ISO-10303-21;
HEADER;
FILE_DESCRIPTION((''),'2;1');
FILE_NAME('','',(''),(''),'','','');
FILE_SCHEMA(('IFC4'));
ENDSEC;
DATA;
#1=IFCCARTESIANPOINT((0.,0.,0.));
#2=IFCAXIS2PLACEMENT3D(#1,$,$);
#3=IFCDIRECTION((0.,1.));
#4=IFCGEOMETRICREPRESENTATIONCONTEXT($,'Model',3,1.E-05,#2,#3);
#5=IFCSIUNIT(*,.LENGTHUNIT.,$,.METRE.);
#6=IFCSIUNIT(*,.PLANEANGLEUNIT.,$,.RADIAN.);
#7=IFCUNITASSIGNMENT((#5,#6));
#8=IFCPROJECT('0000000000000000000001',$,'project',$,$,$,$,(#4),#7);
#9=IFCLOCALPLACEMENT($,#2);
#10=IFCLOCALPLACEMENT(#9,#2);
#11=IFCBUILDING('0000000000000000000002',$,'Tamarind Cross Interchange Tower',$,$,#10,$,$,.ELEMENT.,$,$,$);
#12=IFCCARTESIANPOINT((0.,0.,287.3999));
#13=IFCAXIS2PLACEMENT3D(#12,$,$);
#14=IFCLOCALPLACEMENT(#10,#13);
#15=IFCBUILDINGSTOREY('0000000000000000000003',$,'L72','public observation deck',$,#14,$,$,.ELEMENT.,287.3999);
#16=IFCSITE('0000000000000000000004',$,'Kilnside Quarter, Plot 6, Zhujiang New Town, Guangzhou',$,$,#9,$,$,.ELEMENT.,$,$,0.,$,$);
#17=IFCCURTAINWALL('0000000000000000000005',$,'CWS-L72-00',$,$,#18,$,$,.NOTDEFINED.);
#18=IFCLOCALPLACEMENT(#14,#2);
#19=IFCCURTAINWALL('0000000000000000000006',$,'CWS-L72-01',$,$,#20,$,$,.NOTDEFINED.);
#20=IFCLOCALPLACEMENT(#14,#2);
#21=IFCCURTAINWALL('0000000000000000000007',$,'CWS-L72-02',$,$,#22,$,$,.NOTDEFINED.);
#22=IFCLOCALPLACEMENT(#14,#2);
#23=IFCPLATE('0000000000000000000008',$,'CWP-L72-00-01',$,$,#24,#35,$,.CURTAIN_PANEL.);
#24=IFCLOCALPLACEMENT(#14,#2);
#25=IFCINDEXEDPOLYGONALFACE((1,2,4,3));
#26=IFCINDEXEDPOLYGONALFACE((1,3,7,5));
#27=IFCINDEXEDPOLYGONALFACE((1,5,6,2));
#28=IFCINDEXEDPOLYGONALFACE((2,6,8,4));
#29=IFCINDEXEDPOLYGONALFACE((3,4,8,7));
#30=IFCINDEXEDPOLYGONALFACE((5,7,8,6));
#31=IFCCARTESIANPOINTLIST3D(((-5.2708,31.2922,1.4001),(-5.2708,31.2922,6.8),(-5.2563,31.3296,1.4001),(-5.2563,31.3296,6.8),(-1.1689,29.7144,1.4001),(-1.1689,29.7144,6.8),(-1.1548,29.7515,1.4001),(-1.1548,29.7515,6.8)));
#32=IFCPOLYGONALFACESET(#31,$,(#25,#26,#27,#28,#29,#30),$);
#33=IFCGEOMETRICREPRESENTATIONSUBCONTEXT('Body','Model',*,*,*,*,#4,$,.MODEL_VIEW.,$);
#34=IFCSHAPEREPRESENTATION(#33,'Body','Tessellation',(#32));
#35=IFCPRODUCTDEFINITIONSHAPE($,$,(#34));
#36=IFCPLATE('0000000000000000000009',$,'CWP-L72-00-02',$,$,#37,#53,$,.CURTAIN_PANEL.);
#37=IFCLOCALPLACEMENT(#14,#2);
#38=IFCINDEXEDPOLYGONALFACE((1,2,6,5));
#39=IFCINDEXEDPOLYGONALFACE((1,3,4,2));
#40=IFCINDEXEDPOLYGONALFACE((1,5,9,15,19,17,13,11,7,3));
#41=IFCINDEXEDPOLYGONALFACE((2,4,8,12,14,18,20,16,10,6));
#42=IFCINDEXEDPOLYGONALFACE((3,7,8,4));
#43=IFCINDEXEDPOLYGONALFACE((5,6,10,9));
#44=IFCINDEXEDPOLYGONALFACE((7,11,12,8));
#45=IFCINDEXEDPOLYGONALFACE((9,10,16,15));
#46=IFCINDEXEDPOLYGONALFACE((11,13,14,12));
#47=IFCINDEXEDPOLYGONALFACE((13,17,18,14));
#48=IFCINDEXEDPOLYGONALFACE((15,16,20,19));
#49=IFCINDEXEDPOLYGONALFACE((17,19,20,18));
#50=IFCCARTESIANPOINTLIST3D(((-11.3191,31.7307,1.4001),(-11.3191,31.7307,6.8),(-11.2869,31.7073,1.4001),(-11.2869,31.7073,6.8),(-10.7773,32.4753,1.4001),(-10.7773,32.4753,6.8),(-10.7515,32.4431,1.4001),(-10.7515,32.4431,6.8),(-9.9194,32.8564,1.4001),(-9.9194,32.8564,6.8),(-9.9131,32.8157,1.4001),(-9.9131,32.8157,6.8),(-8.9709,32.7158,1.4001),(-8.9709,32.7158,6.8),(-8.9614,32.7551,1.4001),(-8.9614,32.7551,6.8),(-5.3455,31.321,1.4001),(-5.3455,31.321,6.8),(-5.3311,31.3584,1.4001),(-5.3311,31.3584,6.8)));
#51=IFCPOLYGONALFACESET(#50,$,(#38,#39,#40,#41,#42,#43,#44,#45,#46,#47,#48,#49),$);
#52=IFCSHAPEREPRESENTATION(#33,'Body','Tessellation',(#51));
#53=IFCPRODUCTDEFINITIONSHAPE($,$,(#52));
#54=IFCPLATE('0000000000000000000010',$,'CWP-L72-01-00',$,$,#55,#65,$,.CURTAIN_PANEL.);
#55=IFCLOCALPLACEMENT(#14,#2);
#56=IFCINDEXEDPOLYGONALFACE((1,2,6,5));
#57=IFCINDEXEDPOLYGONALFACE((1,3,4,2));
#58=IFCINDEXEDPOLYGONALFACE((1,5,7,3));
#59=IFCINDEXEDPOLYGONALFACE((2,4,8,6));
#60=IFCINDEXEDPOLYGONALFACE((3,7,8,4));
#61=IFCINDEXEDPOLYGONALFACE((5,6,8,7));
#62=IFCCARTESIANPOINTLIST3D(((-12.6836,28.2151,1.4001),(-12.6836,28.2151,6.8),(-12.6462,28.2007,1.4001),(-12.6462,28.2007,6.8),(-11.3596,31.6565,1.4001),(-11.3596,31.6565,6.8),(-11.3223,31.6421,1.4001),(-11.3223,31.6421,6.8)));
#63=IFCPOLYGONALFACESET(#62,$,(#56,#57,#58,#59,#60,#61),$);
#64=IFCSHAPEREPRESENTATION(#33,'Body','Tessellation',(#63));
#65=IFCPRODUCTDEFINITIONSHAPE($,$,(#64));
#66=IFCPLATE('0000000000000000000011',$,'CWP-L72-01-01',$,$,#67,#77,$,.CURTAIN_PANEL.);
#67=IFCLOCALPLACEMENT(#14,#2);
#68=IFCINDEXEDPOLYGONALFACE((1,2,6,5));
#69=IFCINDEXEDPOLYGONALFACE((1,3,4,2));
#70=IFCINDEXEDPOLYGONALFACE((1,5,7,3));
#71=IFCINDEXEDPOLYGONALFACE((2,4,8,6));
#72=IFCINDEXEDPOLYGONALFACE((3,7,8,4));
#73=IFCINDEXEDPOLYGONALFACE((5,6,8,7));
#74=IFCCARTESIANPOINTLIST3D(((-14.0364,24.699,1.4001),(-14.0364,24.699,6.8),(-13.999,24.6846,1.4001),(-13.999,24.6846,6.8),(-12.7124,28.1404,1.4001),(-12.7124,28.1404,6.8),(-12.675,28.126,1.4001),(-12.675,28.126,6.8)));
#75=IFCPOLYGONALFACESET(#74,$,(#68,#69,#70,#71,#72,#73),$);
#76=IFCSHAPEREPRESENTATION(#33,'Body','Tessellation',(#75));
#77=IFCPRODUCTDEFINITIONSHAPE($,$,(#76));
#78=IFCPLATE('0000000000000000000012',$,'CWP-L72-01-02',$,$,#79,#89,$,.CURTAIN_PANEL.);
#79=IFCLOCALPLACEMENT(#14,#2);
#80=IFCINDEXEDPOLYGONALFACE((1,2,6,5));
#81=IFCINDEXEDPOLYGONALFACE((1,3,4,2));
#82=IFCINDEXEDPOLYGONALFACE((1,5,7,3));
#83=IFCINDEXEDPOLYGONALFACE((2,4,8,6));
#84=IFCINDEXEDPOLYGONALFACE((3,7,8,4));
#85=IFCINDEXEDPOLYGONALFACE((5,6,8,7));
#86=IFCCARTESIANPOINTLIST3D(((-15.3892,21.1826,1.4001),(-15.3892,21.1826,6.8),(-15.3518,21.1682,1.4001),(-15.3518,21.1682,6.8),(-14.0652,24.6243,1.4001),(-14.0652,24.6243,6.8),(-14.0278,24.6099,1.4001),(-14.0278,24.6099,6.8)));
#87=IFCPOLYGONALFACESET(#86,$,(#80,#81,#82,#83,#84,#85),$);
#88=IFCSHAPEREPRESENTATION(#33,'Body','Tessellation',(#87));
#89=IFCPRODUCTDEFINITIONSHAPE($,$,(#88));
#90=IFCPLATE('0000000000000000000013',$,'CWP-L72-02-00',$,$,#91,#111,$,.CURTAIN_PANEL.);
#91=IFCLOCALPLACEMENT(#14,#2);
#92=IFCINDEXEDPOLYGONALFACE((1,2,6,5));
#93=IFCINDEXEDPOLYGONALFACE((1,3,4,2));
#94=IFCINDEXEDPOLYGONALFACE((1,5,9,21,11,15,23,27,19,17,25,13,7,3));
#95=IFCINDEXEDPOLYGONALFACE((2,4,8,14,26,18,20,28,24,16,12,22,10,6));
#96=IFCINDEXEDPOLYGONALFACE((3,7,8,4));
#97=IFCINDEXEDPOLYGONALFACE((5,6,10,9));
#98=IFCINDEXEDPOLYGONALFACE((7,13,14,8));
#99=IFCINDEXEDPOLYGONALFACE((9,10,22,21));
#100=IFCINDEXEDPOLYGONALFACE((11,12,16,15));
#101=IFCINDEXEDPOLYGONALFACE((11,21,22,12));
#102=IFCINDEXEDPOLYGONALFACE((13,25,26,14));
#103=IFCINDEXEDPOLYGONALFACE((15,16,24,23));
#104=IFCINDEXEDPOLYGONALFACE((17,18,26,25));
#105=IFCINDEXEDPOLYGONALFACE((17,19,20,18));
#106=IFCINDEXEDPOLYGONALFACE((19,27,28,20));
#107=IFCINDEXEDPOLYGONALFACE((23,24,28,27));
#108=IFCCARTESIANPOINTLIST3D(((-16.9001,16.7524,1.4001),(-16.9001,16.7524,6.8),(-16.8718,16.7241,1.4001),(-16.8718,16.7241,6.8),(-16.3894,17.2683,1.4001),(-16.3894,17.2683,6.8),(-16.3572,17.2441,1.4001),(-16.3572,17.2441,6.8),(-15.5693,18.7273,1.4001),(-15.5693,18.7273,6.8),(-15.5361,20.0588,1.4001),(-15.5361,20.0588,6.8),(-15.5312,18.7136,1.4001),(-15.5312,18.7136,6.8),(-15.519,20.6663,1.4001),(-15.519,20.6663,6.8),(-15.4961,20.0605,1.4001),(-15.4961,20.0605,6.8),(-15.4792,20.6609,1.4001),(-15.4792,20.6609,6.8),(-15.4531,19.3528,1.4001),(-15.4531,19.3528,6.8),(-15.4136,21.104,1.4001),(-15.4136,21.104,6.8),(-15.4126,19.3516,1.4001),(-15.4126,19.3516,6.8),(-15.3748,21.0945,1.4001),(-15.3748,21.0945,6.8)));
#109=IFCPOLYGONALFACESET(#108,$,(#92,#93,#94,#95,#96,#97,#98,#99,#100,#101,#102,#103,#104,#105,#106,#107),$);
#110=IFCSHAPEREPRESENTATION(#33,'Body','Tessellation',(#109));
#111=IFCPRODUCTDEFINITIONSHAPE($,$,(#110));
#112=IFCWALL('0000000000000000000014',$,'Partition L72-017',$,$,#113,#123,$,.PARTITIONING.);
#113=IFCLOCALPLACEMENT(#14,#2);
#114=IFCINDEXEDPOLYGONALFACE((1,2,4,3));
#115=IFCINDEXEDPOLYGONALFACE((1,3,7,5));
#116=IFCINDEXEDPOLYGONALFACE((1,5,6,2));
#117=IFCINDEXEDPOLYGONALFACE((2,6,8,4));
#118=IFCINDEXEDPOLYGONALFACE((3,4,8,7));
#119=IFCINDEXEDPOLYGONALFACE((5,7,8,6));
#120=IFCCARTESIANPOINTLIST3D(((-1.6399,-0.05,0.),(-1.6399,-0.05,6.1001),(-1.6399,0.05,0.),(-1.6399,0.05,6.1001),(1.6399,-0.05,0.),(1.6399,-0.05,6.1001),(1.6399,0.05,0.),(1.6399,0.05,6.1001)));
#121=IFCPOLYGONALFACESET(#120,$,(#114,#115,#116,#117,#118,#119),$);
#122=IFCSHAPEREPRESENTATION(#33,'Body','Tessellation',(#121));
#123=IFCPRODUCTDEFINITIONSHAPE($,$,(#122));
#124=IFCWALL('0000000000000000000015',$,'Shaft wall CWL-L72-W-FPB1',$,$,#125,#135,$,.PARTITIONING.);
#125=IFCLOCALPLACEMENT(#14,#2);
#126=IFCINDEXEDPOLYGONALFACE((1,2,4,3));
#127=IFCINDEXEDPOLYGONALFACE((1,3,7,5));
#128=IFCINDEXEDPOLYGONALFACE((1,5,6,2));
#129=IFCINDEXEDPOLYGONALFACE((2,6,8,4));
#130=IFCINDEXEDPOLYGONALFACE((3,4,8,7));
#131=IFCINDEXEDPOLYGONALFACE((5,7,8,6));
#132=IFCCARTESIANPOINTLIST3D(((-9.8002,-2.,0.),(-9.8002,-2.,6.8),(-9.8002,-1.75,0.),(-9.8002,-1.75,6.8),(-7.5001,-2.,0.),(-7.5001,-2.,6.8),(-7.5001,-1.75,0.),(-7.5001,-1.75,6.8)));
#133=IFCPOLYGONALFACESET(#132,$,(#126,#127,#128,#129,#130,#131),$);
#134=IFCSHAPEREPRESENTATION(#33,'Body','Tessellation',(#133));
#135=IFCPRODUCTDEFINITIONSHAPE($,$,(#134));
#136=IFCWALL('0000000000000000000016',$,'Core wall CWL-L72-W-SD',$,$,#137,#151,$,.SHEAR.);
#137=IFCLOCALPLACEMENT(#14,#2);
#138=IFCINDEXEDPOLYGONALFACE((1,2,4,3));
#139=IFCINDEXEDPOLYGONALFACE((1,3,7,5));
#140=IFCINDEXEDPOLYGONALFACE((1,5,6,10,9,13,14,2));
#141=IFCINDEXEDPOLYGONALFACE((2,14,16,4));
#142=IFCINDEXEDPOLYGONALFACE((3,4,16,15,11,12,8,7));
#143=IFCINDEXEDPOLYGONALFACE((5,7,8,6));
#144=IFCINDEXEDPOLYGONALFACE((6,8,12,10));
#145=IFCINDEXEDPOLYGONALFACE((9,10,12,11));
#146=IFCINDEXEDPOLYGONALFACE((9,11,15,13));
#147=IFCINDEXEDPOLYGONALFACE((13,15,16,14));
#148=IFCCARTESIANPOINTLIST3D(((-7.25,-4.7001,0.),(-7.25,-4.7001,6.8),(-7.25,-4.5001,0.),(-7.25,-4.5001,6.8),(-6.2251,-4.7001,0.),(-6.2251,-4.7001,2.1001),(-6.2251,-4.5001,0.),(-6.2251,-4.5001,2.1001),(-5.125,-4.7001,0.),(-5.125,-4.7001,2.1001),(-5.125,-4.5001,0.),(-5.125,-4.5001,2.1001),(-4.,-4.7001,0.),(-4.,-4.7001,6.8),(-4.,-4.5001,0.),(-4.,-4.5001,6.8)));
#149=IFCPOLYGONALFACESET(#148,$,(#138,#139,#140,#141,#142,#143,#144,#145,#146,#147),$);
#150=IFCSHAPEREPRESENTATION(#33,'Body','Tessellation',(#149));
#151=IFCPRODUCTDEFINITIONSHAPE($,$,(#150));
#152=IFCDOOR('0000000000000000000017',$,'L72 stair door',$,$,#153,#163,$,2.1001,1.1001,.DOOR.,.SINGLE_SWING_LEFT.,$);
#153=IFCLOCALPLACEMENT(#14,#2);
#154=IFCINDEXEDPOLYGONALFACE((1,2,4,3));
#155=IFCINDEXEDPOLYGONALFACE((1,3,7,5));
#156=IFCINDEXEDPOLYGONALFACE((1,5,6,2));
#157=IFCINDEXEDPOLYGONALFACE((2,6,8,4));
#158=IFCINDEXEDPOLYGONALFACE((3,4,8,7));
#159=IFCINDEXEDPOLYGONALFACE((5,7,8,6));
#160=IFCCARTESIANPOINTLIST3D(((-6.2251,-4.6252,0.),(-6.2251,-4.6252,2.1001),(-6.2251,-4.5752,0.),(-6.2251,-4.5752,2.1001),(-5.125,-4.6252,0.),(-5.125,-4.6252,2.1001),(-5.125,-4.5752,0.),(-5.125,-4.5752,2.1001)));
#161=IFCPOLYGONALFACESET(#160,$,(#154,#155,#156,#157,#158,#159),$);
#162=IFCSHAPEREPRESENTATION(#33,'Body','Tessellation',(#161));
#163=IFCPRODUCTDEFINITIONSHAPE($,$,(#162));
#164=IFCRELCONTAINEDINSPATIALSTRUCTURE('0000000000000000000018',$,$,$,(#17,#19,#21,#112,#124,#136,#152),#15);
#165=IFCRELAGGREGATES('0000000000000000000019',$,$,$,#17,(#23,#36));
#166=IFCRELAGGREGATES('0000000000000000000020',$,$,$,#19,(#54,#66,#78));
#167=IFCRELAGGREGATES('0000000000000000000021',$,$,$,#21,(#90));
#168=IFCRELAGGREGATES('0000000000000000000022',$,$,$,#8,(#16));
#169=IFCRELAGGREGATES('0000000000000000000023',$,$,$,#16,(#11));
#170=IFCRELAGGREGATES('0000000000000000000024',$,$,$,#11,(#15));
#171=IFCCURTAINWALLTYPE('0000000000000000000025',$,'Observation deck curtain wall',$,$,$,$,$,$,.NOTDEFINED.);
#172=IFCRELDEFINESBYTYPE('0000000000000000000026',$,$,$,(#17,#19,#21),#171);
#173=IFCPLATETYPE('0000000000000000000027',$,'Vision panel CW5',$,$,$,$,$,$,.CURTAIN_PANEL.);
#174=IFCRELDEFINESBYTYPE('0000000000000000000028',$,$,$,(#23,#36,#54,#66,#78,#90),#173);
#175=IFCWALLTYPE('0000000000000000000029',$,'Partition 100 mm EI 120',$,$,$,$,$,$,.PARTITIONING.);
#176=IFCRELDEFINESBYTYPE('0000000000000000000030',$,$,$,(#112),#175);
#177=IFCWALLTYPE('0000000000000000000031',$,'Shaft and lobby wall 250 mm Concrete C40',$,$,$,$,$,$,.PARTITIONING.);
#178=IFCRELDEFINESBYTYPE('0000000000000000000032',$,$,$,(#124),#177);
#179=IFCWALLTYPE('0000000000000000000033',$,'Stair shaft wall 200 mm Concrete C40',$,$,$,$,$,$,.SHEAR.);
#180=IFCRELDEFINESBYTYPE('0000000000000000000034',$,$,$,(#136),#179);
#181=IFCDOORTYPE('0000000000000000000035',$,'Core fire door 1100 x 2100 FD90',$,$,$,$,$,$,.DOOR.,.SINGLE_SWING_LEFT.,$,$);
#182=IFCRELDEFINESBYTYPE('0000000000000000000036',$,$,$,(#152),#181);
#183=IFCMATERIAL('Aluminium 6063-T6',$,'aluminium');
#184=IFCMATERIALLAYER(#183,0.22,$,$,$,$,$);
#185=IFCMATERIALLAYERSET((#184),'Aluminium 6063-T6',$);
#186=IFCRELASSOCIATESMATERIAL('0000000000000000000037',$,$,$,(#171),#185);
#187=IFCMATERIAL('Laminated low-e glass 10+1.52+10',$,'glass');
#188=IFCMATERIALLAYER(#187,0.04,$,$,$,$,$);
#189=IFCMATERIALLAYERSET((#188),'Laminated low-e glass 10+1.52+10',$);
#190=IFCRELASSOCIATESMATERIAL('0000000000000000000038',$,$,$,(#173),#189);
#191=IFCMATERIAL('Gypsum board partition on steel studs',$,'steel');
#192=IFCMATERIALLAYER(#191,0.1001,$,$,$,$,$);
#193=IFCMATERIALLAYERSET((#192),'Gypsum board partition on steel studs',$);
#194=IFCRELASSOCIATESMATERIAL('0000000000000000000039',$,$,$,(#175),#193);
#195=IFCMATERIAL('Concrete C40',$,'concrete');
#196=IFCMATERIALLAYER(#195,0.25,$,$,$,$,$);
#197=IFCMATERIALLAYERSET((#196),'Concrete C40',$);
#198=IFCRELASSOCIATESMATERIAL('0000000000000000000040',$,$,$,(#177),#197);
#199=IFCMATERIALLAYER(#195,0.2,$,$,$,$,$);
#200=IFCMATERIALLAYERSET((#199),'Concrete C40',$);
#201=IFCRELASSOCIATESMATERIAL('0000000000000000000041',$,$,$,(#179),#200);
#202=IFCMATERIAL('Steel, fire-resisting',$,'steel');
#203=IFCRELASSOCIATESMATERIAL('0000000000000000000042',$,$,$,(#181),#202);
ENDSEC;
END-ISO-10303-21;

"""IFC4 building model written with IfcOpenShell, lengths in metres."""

from ifc_helpers import new_model, si_unit, direction, frame, frame_2d, origin, place, context, subcontext, project, spatial, polyline, rectangle, outline, extrude, material, layer, layer_set, type_object, element, fill, aggregate, save


model = new_model("IFC4")

# Units and contexts
model_context = context("Model", 3, precision=1e-05, world=origin(), true_north=direction((0.0, 1.0)))
body_context = subcontext(model_context, "Body", "Model", "MODEL_VIEW")
ifc_project = project(units=[si_unit("LENGTHUNIT", "METRE"), si_unit("PLANEANGLEUNIT", "RADIAN")], contexts=[model_context])

# Site, building, storey
site_placement = place(None, origin())
site = spatial("IfcSite", under=ifc_project, at=site_placement, Name="Kilnside Quarter, Plot 6, Zhujiang New Town, Guangzhou", CompositionType="ELEMENT", RefElevation=0.0)
building_placement = place(site_placement, origin())
building = spatial("IfcBuilding", under=site, at=building_placement, Name="Tamarind Cross Interchange Tower", CompositionType="ELEMENT")
storey_placement = place(building_placement, frame((0.0, 0.0, 287.3999)))
storey = spatial("IfcBuildingStorey", under=building, at=storey_placement, Name="L72", Description="public observation deck", CompositionType="ELEMENT", Elevation=287.3999)

# Curtain walls
ifc_material_1 = material(Name="Aluminium 6063-T6", Category="aluminium")
ifc_layer_1 = layer(ifc_material_1, 0.22)
ifc_layer_set_1 = layer_set([ifc_layer_1], Name="Aluminium 6063-T6")
curtain_wall_type = type_object("IfcCurtainWallType", Name="Observation deck curtain wall", PredefinedType="NOTDEFINED", material=ifc_layer_set_1)
curtain_wall_1_placement = place(storey_placement, origin())
curtain_wall_1 = element("IfcCurtainWall", 1, at=curtain_wall_1_placement, inside=storey, type_object=curtain_wall_type, Name="CWS-L72-00", PredefinedType="NOTDEFINED")
curtain_wall_2_placement = place(storey_placement, origin())
curtain_wall_2 = element("IfcCurtainWall", 2, at=curtain_wall_2_placement, inside=storey, type_object=curtain_wall_type, Name="CWS-L72-01", PredefinedType="NOTDEFINED")
curtain_wall_3_placement = place(storey_placement, origin())
curtain_wall_3 = element("IfcCurtainWall", 3, at=curtain_wall_3_placement, inside=storey, type_object=curtain_wall_type, Name="CWS-L72-02", PredefinedType="NOTDEFINED")

# Shared definitions
ifc_material_2 = material(Name="Concrete C40", Category="concrete")

# Plates
ifc_material_3 = material(Name="Laminated low-e glass 10+1.52+10", Category="glass")
ifc_layer_2 = layer(ifc_material_3, 0.04)
ifc_layer_set_2 = layer_set([ifc_layer_2], Name="Laminated low-e glass 10+1.52+10")
plate_type = type_object("IfcPlateType", Name="Vision panel CW5", PredefinedType="CURTAIN_PANEL", material=ifc_layer_set_2)
plate_1_placement = place(storey_placement, frame((0.0, 0.0, 1.4001)))
plate_1 = element("IfcPlate", 4, at=plate_1_placement, type_object=plate_type, Name="CWP-L72-00-01", PredefinedType="CURTAIN_PANEL", context=body_context, shape_type="SweptSolid", body=[
    extrude(outline(polyline([(-1.1689, 29.7144), (-5.2708, 31.2922), (-5.2563, 31.3296), (-1.1548, 29.7515), (-1.1689, 29.7144)])), origin(), (0.0, 0.0, 1.0), 5.3999),
])
plate_2_placement = place(storey_placement, frame((0.0, 0.0, 1.4001)))
plate_2 = element("IfcPlate", 5, at=plate_2_placement, type_object=plate_type, Name="CWP-L72-00-02", PredefinedType="CURTAIN_PANEL", context=body_context, shape_type="SweptSolid", body=[
    extrude(outline(polyline([(-5.3455, 31.321), (-8.9709, 32.7158), (-9.9131, 32.8157), (-10.7515, 32.4431), (-11.2869, 31.7073), (-11.3191, 31.7307), (-10.7773, 32.4753), (-9.9194, 32.8564), (-8.9614, 32.7551), (-5.3311, 31.3584), (-5.3455, 31.321)])), origin(), (0.0, 0.0, 1.0), 5.3999),
])
aggregate(curtain_wall_1, [plate_1, plate_2])
plate_3_placement = place(storey_placement, frame((0.0, 0.0, 1.4001)))
plate_3 = element("IfcPlate", 6, at=plate_3_placement, type_object=plate_type, Name="CWP-L72-01-00", PredefinedType="CURTAIN_PANEL", context=body_context, shape_type="SweptSolid", body=[
    extrude(outline(polyline([(-11.3223, 31.6421), (-12.6462, 28.2007), (-12.6836, 28.2151), (-11.3596, 31.6565), (-11.3223, 31.6421)])), origin(), (0.0, 0.0, 1.0), 5.3999),
])
plate_4_placement = place(storey_placement, frame((0.0, 0.0, 1.4001)))
plate_4 = element("IfcPlate", 7, at=plate_4_placement, type_object=plate_type, Name="CWP-L72-01-01", PredefinedType="CURTAIN_PANEL", context=body_context, shape_type="SweptSolid", body=[
    extrude(outline(polyline([(-12.675, 28.126), (-13.999, 24.6846), (-14.0364, 24.699), (-12.7124, 28.1404), (-12.675, 28.126)])), origin(), (0.0, 0.0, 1.0), 5.3999),
])
plate_5_placement = place(storey_placement, frame((0.0, 0.0, 1.4001)))
plate_5 = element("IfcPlate", 8, at=plate_5_placement, type_object=plate_type, Name="CWP-L72-01-02", PredefinedType="CURTAIN_PANEL", context=body_context, shape_type="SweptSolid", body=[
    extrude(outline(polyline([(-14.0278, 24.6099), (-15.3518, 21.1682), (-15.3892, 21.1826), (-14.0652, 24.6243), (-14.0278, 24.6099)])), origin(), (0.0, 0.0, 1.0), 5.3999),
])
aggregate(curtain_wall_2, [plate_3, plate_4, plate_5])
plate_6_placement = place(storey_placement, frame((0.0, 0.0, 1.4001)))
plate_6 = element("IfcPlate", 9, at=plate_6_placement, type_object=plate_type, Name="CWP-L72-02-00", PredefinedType="CURTAIN_PANEL", context=body_context, shape_type="SweptSolid", body=[
    extrude(outline(polyline([(-15.3748, 21.0945), (-15.4792, 20.6609), (-15.4961, 20.0605), (-15.4126, 19.3516), (-15.5312, 18.7136), (-16.3572, 17.2441), (-16.8718, 16.7241), (-16.9001, 16.7524), (-16.3894, 17.2683), (-15.5693, 18.7273), (-15.4531, 19.3528), (-15.5361, 20.0588), (-15.519, 20.6663), (-15.4136, 21.104), (-15.3748, 21.0945)])), origin(), (0.0, 0.0, 1.0), 5.3999),
])
aggregate(curtain_wall_3, [plate_6])

# Walls
ifc_material_4 = material(Name="Gypsum board partition on steel studs", Category="steel")
ifc_layer_3 = layer(ifc_material_4, 0.1001)
ifc_layer_set_3 = layer_set([ifc_layer_3], Name="Gypsum board partition on steel studs")
wall_type_1 = type_object("IfcWallType", Name="Partition 100 mm EI 120", PredefinedType="PARTITIONING", material=ifc_layer_set_3)
wall_1_placement = place(storey_placement, frame((-1.6399, 0.0, 0.0), z_axis=(0.0, 0.0, 1.0), x_axis=(1.0, 0.0, 0.0)))
element("IfcWall", 10, at=wall_1_placement, inside=storey, type_object=wall_type_1, Name="Partition L72-017", PredefinedType="PARTITIONING", context=body_context, shape_type="SweptSolid", body=[
    extrude(rectangle(XDim=3.2798, YDim=0.1001, at=frame_2d((1.6399, 0.0))), origin(), (0.0, 0.0, 1.0), 6.1001),
])
ifc_layer_4 = layer(ifc_material_2, 0.25)
ifc_layer_set_4 = layer_set([ifc_layer_4], Name="Concrete C40")
wall_type_2 = type_object("IfcWallType", Name="Shaft and lobby wall 250 mm Concrete C40", PredefinedType="PARTITIONING", material=ifc_layer_set_4)
wall_2_placement = place(storey_placement, frame((-9.8, -1.875, 0.0), z_axis=(0.0, 0.0, 1.0), x_axis=(1.0, 0.0, 0.0)))
element("IfcWall", 11, at=wall_2_placement, inside=storey, type_object=wall_type_2, Name="Shaft wall CWL-L72-W-FPB1", PredefinedType="PARTITIONING", context=body_context, shape_type="SweptSolid", body=[
    extrude(rectangle(XDim=2.3, YDim=0.25, at=frame_2d((1.1499, 0.0))), origin(), (0.0, 0.0, 1.0), 6.8),
])

# Wall, opening, door
ifc_layer_5 = layer(ifc_material_2, 0.2)
ifc_layer_set_5 = layer_set([ifc_layer_5], Name="Concrete C40")
wall_type_3 = type_object("IfcWallType", Name="Stair shaft wall 200 mm Concrete C40", PredefinedType="SHEAR", material=ifc_layer_set_5)
wall_3_placement = place(storey_placement, frame((-7.25, -4.6001, 0.0), z_axis=(0.0, 0.0, 1.0), x_axis=(1.0, 0.0, 0.0)))
wall_3 = element("IfcWall", 12, at=wall_3_placement, inside=storey, type_object=wall_type_3, Name="Core wall CWL-L72-W-SD", PredefinedType="SHEAR", context=body_context, shape_type="SweptSolid", body=[
    extrude(rectangle(XDim=3.25, YDim=0.2, at=frame_2d((1.625, 0.0))), origin(), (0.0, 0.0, 1.0), 6.8),
])
opening_placement = place(wall_3_placement, frame((1.0249, 0.0, 0.0)))
opening = element("IfcOpeningElement", 13, at=opening_placement, cuts=wall_3, PredefinedType="OPENING", context=body_context, shape_type="SweptSolid", body=[
    extrude(rectangle(XDim=1.1001, YDim=2.1001, at=frame_2d((0.55, 1.05))), frame((0.0, 0.1099, 0.0), z_axis=(0.0, -1.0, 0.0), x_axis=(1.0, 0.0, 0.0)), (0.0, 0.0, 1.0), 0.22),
])
ifc_material_5 = material(Name="Steel, fire-resisting", Category="steel")
door_type = type_object("IfcDoorType", Name="Core fire door 1100 x 2100 FD90", OperationType="SINGLE_SWING_LEFT", PredefinedType="DOOR", material=ifc_material_5)
door_placement = place(opening_placement, origin())
door = element("IfcDoor", 14, at=door_placement, inside=storey, type_object=door_type, Name="L72 stair door", OperationType="SINGLE_SWING_LEFT", OverallHeight=2.1001, OverallWidth=1.1001, PredefinedType="DOOR", context=body_context, shape_type="SweptSolid", body=[
    extrude(rectangle(XDim=1.1001, YDim=2.1001, at=frame_2d((0.55, 1.05))), frame((0.0, 0.0249, 0.0), z_axis=(0.0, -1.0, 0.0), x_axis=(1.0, 0.0, 0.0)), (0.0, 0.0, 1.0), 0.05),
])
fill(opening, door)

save(model, "model.ifc")
